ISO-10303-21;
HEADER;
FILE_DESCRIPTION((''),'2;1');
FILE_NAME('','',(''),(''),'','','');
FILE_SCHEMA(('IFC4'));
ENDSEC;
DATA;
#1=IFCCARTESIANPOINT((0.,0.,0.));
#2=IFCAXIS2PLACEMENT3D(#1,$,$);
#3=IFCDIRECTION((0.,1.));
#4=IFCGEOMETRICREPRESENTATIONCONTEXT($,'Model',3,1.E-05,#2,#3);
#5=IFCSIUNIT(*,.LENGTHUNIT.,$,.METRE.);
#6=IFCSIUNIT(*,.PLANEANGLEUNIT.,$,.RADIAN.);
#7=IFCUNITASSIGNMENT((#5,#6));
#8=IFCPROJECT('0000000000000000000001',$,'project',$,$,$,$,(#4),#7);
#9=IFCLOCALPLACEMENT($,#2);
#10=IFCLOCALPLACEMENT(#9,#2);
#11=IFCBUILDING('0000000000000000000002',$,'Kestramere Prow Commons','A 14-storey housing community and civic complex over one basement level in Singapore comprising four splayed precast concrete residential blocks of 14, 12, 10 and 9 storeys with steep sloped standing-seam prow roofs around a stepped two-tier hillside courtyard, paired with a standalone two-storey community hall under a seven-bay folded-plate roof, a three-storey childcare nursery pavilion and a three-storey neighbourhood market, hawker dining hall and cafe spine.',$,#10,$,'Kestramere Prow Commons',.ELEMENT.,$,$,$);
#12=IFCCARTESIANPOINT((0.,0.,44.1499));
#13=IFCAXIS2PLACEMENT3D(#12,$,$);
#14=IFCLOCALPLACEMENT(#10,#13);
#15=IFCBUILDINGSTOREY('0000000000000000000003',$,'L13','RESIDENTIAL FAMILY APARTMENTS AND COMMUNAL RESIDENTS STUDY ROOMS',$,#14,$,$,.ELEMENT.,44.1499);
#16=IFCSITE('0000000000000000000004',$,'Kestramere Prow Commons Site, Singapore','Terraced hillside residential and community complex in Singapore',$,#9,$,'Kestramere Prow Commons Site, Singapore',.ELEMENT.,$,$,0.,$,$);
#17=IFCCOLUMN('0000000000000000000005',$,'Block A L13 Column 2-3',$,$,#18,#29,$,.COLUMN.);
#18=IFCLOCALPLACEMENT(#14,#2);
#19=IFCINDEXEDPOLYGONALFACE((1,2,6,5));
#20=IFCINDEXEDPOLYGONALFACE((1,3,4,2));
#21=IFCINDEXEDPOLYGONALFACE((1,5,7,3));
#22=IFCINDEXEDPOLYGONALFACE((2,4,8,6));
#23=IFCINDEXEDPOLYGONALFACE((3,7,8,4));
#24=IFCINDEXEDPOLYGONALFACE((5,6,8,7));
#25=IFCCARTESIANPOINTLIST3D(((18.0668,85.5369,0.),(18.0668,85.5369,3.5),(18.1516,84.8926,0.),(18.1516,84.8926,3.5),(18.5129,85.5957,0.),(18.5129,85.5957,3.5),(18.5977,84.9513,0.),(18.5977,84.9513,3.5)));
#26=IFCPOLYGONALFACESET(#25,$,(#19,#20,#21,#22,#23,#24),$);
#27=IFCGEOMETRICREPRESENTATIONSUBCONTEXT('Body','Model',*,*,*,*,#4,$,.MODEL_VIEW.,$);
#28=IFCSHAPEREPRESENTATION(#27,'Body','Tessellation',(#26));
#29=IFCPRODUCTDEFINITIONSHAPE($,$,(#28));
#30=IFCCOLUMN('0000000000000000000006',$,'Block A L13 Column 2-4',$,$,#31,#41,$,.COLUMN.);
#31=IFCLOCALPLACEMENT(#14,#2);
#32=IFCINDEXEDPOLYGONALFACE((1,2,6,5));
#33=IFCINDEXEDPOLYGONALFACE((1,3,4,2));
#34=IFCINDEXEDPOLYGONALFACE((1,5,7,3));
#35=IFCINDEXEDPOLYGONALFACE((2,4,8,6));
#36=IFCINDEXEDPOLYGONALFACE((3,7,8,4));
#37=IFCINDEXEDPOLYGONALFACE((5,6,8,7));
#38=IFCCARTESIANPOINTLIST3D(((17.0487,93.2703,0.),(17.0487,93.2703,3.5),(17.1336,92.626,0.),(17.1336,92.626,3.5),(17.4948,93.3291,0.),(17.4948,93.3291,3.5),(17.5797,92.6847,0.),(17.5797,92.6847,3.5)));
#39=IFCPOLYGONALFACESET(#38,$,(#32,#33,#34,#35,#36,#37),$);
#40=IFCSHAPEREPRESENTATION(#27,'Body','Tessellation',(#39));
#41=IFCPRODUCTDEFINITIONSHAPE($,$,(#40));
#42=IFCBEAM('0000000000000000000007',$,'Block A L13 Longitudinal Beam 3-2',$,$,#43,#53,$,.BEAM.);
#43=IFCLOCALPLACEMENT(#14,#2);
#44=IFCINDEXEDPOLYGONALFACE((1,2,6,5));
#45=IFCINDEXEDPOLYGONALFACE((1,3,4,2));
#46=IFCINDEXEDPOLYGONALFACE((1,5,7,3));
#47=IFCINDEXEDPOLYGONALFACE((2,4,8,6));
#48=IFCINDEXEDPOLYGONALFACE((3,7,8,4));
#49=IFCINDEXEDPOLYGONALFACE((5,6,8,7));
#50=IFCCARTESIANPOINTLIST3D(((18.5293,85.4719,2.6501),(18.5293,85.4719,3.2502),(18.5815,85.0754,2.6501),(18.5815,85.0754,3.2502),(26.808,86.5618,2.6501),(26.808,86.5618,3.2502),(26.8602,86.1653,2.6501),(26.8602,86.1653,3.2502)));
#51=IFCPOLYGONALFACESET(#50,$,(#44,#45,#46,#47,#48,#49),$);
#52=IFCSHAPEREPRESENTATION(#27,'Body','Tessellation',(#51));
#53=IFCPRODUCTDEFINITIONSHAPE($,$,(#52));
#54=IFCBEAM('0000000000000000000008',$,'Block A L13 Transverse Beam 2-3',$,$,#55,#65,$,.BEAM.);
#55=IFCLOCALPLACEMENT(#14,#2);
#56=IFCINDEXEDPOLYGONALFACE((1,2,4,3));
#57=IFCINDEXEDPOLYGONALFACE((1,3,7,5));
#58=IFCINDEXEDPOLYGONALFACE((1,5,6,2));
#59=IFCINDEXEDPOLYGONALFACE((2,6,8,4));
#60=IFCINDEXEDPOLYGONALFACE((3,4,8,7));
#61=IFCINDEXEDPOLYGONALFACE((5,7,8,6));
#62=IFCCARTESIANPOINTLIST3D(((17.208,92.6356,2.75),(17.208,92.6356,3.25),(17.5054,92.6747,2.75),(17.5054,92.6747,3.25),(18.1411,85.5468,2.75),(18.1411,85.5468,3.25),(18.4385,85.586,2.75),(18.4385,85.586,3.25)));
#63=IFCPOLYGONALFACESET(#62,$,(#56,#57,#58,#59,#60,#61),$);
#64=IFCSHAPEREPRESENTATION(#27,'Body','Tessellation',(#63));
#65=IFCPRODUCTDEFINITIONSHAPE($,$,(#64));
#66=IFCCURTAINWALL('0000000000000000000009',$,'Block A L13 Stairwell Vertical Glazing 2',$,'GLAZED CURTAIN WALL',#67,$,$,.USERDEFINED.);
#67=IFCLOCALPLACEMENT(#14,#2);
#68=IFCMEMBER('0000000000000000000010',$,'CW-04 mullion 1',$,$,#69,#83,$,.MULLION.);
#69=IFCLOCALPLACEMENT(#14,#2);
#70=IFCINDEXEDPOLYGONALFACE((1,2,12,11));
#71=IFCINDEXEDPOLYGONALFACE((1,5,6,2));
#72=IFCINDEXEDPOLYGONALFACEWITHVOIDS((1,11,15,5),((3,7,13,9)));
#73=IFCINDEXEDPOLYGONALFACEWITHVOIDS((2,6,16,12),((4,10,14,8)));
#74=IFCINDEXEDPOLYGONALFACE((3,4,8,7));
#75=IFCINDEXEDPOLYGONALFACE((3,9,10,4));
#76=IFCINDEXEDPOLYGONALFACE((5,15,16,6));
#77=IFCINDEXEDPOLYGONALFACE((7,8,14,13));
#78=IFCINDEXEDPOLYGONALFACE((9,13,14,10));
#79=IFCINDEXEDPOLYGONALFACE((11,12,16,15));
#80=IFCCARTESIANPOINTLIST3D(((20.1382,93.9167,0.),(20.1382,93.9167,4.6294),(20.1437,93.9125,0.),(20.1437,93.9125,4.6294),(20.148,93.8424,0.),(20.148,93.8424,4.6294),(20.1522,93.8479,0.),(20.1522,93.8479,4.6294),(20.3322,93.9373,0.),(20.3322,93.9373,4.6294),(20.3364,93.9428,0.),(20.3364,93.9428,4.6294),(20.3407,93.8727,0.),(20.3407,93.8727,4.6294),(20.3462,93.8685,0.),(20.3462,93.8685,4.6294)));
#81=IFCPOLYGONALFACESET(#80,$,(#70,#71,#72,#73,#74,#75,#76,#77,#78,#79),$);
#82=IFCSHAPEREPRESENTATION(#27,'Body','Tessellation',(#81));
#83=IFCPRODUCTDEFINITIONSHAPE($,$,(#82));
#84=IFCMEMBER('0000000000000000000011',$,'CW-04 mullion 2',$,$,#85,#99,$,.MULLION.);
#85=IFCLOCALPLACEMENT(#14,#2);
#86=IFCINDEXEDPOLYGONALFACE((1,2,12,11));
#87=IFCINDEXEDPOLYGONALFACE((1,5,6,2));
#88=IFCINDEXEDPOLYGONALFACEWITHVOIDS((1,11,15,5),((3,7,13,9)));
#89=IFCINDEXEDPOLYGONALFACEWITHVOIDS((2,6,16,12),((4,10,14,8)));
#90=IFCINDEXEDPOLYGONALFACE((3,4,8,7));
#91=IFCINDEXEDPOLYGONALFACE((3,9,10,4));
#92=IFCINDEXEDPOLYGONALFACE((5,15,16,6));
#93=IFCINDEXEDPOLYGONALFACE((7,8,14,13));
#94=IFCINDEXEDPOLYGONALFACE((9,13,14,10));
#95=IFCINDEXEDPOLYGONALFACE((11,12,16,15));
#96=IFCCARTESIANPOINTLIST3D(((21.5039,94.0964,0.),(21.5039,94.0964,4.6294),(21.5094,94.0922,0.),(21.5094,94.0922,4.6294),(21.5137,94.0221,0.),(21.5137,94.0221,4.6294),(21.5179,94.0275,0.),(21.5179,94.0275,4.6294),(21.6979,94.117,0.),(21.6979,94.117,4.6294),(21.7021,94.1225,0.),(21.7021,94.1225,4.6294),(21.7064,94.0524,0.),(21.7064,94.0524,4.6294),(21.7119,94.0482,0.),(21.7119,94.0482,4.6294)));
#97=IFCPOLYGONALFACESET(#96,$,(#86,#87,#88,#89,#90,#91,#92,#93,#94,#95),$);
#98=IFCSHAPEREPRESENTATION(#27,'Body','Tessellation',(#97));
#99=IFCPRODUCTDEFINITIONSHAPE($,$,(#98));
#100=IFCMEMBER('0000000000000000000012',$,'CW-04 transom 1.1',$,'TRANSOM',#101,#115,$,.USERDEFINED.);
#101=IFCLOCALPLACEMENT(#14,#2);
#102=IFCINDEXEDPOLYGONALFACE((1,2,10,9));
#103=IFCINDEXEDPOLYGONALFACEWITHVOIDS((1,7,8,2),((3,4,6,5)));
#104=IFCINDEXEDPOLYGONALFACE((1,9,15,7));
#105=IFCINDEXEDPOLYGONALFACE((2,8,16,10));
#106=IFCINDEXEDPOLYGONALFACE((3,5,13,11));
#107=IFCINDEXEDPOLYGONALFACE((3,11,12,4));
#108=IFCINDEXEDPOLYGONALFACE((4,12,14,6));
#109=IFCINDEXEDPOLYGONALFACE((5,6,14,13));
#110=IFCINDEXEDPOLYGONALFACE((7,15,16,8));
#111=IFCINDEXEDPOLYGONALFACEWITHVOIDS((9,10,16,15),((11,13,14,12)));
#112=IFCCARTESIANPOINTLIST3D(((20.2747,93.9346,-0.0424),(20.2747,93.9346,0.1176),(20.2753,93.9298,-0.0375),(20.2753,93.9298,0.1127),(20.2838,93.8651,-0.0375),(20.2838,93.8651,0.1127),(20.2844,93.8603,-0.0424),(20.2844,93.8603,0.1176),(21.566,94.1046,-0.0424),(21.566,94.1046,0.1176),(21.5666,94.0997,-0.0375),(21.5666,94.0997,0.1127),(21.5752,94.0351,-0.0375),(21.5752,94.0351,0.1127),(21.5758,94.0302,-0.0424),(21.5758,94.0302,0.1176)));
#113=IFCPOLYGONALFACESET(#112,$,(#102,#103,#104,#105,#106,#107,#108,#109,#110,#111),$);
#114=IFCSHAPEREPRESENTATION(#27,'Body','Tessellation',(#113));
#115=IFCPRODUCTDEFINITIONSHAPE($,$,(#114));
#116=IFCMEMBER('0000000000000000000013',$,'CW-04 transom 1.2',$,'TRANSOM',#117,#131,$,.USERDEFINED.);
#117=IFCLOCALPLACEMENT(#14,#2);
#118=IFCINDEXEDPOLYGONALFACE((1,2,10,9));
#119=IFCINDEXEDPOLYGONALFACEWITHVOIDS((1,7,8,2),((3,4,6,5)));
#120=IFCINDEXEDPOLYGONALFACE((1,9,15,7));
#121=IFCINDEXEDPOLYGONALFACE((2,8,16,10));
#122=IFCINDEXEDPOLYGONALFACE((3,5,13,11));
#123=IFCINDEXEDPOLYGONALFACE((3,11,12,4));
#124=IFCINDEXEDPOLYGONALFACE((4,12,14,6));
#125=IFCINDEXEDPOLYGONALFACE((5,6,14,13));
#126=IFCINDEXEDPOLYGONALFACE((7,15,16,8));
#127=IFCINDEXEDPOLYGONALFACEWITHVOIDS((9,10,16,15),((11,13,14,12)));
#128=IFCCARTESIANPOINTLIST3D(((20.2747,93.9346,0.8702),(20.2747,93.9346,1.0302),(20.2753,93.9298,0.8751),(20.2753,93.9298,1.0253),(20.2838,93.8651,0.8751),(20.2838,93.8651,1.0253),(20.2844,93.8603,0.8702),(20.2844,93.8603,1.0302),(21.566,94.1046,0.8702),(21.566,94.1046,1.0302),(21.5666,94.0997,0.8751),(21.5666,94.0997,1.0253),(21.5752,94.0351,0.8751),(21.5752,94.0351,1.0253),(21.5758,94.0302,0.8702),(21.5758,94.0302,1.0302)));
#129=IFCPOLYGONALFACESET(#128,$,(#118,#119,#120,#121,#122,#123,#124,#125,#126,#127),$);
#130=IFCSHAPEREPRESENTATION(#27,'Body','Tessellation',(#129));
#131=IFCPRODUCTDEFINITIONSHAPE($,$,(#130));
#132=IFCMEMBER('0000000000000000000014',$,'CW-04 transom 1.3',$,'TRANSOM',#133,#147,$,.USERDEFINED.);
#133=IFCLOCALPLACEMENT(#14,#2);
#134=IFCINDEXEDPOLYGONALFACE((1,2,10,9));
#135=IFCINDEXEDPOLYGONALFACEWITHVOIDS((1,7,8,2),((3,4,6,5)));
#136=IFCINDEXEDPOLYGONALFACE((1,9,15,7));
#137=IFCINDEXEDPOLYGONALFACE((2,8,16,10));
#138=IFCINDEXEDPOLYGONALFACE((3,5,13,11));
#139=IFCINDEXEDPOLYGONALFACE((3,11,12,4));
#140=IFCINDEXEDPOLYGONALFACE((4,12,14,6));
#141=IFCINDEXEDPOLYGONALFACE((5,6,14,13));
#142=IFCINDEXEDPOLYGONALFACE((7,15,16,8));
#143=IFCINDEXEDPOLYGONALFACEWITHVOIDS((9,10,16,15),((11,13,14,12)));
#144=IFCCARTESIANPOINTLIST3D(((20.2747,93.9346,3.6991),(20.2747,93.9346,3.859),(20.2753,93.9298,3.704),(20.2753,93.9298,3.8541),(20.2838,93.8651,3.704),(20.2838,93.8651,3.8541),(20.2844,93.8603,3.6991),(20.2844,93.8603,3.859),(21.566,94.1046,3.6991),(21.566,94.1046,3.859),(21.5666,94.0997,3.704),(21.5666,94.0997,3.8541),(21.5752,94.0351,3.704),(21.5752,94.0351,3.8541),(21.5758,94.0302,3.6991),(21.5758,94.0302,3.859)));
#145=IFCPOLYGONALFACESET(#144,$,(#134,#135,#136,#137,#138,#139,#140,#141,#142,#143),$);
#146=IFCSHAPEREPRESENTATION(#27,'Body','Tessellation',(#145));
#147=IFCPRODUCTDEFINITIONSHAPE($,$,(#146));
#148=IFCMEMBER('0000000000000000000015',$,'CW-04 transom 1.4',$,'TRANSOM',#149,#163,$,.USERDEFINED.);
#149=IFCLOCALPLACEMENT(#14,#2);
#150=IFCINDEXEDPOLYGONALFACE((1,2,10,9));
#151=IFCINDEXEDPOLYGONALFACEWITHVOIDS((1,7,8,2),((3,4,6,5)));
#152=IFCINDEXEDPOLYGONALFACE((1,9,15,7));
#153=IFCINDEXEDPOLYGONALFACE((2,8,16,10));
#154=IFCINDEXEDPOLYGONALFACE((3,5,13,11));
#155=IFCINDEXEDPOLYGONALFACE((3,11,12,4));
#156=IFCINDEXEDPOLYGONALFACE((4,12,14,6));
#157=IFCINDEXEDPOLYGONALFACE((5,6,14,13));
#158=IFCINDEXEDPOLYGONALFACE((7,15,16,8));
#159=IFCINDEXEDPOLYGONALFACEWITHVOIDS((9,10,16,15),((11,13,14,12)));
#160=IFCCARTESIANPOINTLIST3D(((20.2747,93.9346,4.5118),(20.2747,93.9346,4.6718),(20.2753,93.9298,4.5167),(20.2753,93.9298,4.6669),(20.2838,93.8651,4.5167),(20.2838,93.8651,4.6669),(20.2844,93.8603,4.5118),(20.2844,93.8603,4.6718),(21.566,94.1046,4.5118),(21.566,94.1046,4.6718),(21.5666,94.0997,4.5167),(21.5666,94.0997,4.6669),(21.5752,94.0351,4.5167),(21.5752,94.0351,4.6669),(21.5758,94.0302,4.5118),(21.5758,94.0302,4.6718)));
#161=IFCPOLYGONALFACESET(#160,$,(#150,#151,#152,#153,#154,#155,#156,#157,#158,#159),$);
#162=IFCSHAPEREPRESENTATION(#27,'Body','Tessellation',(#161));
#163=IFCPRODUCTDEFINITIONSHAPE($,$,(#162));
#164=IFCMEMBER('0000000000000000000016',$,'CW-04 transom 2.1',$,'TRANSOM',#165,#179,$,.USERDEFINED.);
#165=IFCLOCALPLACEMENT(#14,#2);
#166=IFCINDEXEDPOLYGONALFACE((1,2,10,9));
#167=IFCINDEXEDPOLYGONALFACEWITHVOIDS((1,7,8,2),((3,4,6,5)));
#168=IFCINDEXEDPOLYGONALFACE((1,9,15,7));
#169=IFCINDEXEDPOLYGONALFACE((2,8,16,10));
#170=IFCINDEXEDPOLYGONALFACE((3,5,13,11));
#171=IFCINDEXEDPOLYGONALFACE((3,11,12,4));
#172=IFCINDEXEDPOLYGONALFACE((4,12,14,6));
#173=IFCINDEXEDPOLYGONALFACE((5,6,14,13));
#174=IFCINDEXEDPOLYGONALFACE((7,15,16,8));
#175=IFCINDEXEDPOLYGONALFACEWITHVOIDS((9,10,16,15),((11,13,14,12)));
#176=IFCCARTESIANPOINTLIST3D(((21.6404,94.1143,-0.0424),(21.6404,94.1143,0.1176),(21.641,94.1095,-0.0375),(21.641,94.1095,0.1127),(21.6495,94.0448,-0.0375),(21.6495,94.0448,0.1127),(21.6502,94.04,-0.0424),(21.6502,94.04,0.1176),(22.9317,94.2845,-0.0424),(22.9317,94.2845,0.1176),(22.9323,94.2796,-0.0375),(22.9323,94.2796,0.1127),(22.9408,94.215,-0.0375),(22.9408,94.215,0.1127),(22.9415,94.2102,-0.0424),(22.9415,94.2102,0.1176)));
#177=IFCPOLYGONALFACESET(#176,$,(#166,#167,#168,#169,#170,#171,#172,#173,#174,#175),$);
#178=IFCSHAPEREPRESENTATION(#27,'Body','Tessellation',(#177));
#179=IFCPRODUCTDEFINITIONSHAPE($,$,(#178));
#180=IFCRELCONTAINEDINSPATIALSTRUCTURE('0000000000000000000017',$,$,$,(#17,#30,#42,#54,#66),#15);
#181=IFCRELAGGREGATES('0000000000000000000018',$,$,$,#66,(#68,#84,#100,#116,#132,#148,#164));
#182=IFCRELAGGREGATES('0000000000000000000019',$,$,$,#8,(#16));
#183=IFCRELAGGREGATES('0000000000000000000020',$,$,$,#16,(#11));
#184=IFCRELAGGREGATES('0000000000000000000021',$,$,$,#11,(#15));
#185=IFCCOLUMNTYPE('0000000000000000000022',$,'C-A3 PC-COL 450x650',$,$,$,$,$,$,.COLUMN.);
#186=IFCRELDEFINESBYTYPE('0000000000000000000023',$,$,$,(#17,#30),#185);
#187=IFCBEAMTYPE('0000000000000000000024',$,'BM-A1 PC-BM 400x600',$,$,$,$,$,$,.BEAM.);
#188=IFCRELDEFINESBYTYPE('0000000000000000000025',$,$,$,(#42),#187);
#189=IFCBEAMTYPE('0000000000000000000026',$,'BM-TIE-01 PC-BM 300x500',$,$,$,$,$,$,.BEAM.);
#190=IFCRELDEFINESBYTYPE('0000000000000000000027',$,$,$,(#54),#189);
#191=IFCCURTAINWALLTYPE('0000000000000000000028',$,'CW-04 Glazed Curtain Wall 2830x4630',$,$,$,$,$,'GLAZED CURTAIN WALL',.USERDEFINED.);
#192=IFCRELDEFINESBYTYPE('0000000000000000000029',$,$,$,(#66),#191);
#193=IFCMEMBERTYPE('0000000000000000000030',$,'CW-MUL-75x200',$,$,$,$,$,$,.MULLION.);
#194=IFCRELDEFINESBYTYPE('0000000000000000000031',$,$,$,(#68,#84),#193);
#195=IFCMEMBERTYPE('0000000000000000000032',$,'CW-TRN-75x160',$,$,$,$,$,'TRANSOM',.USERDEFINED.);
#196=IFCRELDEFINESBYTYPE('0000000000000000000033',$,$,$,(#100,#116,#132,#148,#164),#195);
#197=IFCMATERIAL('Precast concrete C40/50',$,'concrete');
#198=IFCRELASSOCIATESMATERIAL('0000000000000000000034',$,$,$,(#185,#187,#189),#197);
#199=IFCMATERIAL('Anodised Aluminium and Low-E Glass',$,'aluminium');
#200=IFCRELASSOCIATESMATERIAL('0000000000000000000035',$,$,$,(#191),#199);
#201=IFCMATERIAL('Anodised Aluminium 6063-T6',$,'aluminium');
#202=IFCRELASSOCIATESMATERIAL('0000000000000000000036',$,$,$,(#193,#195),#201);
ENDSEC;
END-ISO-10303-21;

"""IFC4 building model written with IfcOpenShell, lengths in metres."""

from ifc_helpers import new_model, si_unit, direction, frame, origin, origin_2d, place, context, subcontext, project, spatial, rectangle, hollow_rectangle, extrude, material, material_profile, profile_set, type_object, element, aggregate, save


model = new_model("IFC4")

# Units and contexts
model_context = context("Model", 3, precision=1e-05, world=origin(), true_north=direction((0.0, 1.0)))
body_context = subcontext(model_context, "Body", "Model", "MODEL_VIEW")
ifc_project = project(units=[si_unit("LENGTHUNIT", "METRE"), si_unit("PLANEANGLEUNIT", "RADIAN")], contexts=[model_context])

# Site, building, storey
site_placement = place(None, origin())
site = spatial("IfcSite", under=ifc_project, at=site_placement, Name="Kestramere Prow Commons Site, Singapore", Description="Terraced hillside residential and community complex in Singapore", LongName="Kestramere Prow Commons Site, Singapore", CompositionType="ELEMENT", RefElevation=0.0)
building_placement = place(site_placement, origin())
building = spatial("IfcBuilding", under=site, at=building_placement, Name="Kestramere Prow Commons", Description="A 14-storey housing community and civic complex over one basement level in Singapore comprising four splayed precast concrete residential blocks of 14, 12, 10 and 9 storeys with steep sloped standing-seam prow roofs around a stepped two-tier hillside courtyard, paired with a standalone two-storey community hall under a seven-bay folded-plate roof, a three-storey childcare nursery pavilion and a three-storey neighbourhood market, hawker dining hall and cafe spine.", LongName="Kestramere Prow Commons", CompositionType="ELEMENT")
storey_placement = place(building_placement, frame((0.0, 0.0, 44.1499)))
storey = spatial("IfcBuildingStorey", under=building, at=storey_placement, Name="L13", Description="RESIDENTIAL FAMILY APARTMENTS AND COMMUNAL RESIDENTS STUDY ROOMS", CompositionType="ELEMENT", Elevation=44.1499)

# Columns
ifc_material_1 = material(Name="Precast concrete C40/50", Category="concrete")
ifc_material_profile_1 = material_profile(ifc_material_1, rectangle(XDim=0.45, YDim=0.6499, at=origin_2d()), Name="PC-COL 450x650")
ifc_profile_set_1 = profile_set([ifc_material_profile_1], Name="Precast concrete C40/50")
column_type = type_object("IfcColumnType", Name="C-A3 PC-COL 450x650", PredefinedType="COLUMN", material=ifc_profile_set_1)
for number, where, z_axis, x_axis, name in (
    (1, (18.3323, 85.2441, 0.0), (0.0, 0.0, 1.0), (0.991445, 0.130526, 0.0), "Block A L13 Column 2-3"),
    (2, (17.3142, 92.9775, 0.0), (0.0, 0.0, 1.0), (0.991445, 0.130526, 0.0), "Block A L13 Column 2-4"),
):
    element("IfcColumn", number, at=place(storey_placement, frame(where, z_axis=z_axis, x_axis=x_axis)), inside=storey, type_object=column_type, Name=name, PredefinedType="COLUMN", context=body_context, shape_type="SweptSolid", body=[
        extrude(rectangle(XDim=0.45, YDim=0.6499, at=origin_2d()), origin(), (0.0, 0.0, 1.0), 3.5),
    ])

# Beams
ifc_material_profile_2 = material_profile(ifc_material_1, rectangle(XDim=0.3999, YDim=0.6001, at=origin_2d()), Name="PC-BM 400x600")
ifc_profile_set_2 = profile_set([ifc_material_profile_2], Name="Precast concrete C40/50")
beam_type_1 = type_object("IfcBeamType", Name="BM-A1 PC-BM 400x600", PredefinedType="BEAM", material=ifc_profile_set_2)
beam_1_placement = place(storey_placement, frame((18.5554, 85.2737, 2.9502), z_axis=(0.991446, 0.13052, 0.0), x_axis=(-0.13052, 0.991446, 0.0)))
element("IfcBeam", 3, at=beam_1_placement, inside=storey, type_object=beam_type_1, Name="Block A L13 Longitudinal Beam 3-2", PredefinedType="BEAM", context=body_context, shape_type="SweptSolid", body=[
    extrude(rectangle(XDim=0.3999, YDim=0.6001, at=origin_2d()), origin(), (0.0, 0.0, 1.0), 8.3501),
])
ifc_material_profile_3 = material_profile(ifc_material_1, rectangle(XDim=0.3, YDim=0.5, at=origin_2d()), Name="PC-BM 300x500")
ifc_profile_set_3 = profile_set([ifc_material_profile_3], Name="Precast concrete C40/50")
beam_type_2 = type_object("IfcBeamType", Name="BM-TIE-01 PC-BM 300x500", PredefinedType="BEAM", material=ifc_profile_set_3)
beam_2_placement = place(storey_placement, frame((18.2898, 85.5664, 3.0), z_axis=(-0.130504, 0.991448, 0.0), x_axis=(-0.991448, -0.130504, 0.0)))
element("IfcBeam", 4, at=beam_2_placement, inside=storey, type_object=beam_type_2, Name="Block A L13 Transverse Beam 2-3", PredefinedType="BEAM", context=body_context, shape_type="SweptSolid", body=[
    extrude(rectangle(XDim=0.3, YDim=0.5, at=origin_2d()), origin(), (0.0, 0.0, 1.0), 7.1499),
])

# Curtain wall, members
ifc_material_2 = material(Name="Anodised Aluminium and Low-E Glass", Category="aluminium")
curtain_wall_type = type_object("IfcCurtainWallType", Name="CW-04 Glazed Curtain Wall 2830x4630", ElementType="GLAZED CURTAIN WALL", PredefinedType="USERDEFINED", material=ifc_material_2)
curtain_wall_placement = place(storey_placement, origin())
curtain_wall = element("IfcCurtainWall", 5, at=curtain_wall_placement, inside=storey, type_object=curtain_wall_type, Name="Block A L13 Stairwell Vertical Glazing 2", ObjectType="GLAZED CURTAIN WALL", PredefinedType="USERDEFINED")
ifc_material_3 = material(Name="Anodised Aluminium 6063-T6", Category="aluminium")
ifc_material_profile_4 = material_profile(ifc_material_3, hollow_rectangle(XDim=0.075, YDim=0.2, WallThickness=0.0049, at=origin_2d()), Name="ALU-MUL 75x200")
ifc_profile_set_4 = profile_set([ifc_material_profile_4], Name="Anodised Aluminium 6063-T6")
member_type_1 = type_object("IfcMemberType", Name="CW-MUL-75x200", PredefinedType="MULLION", material=ifc_profile_set_4)
member_1_placement = place(storey_placement, frame((20.2422, 93.8926, 0.0), z_axis=(0.0, 0.0, 1.0), x_axis=(-0.130526, 0.991445, 0.0)))
member_1 = element("IfcMember", 6, at=member_1_placement, type_object=member_type_1, Name="CW-04 mullion 1", PredefinedType="MULLION", context=body_context, shape_type="SweptSolid", body=[
    extrude(hollow_rectangle(XDim=0.075, YDim=0.2, WallThickness=0.0049, at=origin_2d()), origin(), (0.0, 0.0, 1.0), 4.6294),
])
member_2_placement = place(storey_placement, frame((21.6079, 94.0723, 0.0), z_axis=(0.0, 0.0, 1.0), x_axis=(-0.130526, 0.991445, 0.0)))
member_2 = element("IfcMember", 7, at=member_2_placement, type_object=member_type_1, Name="CW-04 mullion 2", PredefinedType="MULLION", context=body_context, shape_type="SweptSolid", body=[
    extrude(hollow_rectangle(XDim=0.075, YDim=0.2, WallThickness=0.0049, at=origin_2d()), origin(), (0.0, 0.0, 1.0), 4.6294),
])
ifc_material_profile_5 = material_profile(ifc_material_3, hollow_rectangle(XDim=0.075, YDim=0.1599, WallThickness=0.0049, at=origin_2d()), Name="ALU-TRN 75x160")
ifc_profile_set_5 = profile_set([ifc_material_profile_5], Name="Anodised Aluminium 6063-T6")
member_type_2 = type_object("IfcMemberType", Name="CW-TRN-75x160", ElementType="TRANSOM", PredefinedType="USERDEFINED", material=ifc_profile_set_5)
member_3_placement = place(storey_placement, frame((20.2795, 93.8975, 0.0376), z_axis=(0.991452, 0.130469, 0.0), x_axis=(-0.130469, 0.991452, 0.0)))
member_3 = element("IfcMember", 8, at=member_3_placement, type_object=member_type_2, Name="CW-04 transom 1.1", ObjectType="TRANSOM", PredefinedType="USERDEFINED", context=body_context, shape_type="SweptSolid", body=[
    extrude(hollow_rectangle(XDim=0.075, YDim=0.1599, WallThickness=0.0049, at=origin_2d()), origin(), (0.0, 0.0, 1.0), 1.3025),
])
member_4_placement = place(storey_placement, frame((20.2795, 93.8975, 0.9502), z_axis=(0.991452, 0.130469, 0.0), x_axis=(-0.130469, 0.991452, 0.0)))
member_4 = element("IfcMember", 9, at=member_4_placement, type_object=member_type_2, Name="CW-04 transom 1.2", ObjectType="TRANSOM", PredefinedType="USERDEFINED", context=body_context, shape_type="SweptSolid", body=[
    extrude(hollow_rectangle(XDim=0.075, YDim=0.1599, WallThickness=0.0049, at=origin_2d()), origin(), (0.0, 0.0, 1.0), 1.3025),
])
member_5_placement = place(storey_placement, frame((20.2795, 93.8975, 3.7791), z_axis=(0.991452, 0.130469, 0.0), x_axis=(-0.130469, 0.991452, 0.0)))
member_5 = element("IfcMember", 10, at=member_5_placement, type_object=member_type_2, Name="CW-04 transom 1.3", ObjectType="TRANSOM", PredefinedType="USERDEFINED", context=body_context, shape_type="SweptSolid", body=[
    extrude(hollow_rectangle(XDim=0.075, YDim=0.1599, WallThickness=0.0049, at=origin_2d()), origin(), (0.0, 0.0, 1.0), 1.3025),
])
member_6_placement = place(storey_placement, frame((20.2795, 93.8975, 4.5918), z_axis=(0.991452, 0.130469, 0.0), x_axis=(-0.130469, 0.991452, 0.0)))
member_6 = element("IfcMember", 11, at=member_6_placement, type_object=member_type_2, Name="CW-04 transom 1.4", ObjectType="TRANSOM", PredefinedType="USERDEFINED", context=body_context, shape_type="SweptSolid", body=[
    extrude(hollow_rectangle(XDim=0.075, YDim=0.1599, WallThickness=0.0049, at=origin_2d()), origin(), (0.0, 0.0, 1.0), 1.3025),
])
member_7_placement = place(storey_placement, frame((21.6453, 94.0771, 0.0376), z_axis=(0.991428, 0.130653, 0.0), x_axis=(-0.130653, 0.991428, 0.0)))
member_7 = element("IfcMember", 12, at=member_7_placement, type_object=member_type_2, Name="CW-04 transom 2.1", ObjectType="TRANSOM", PredefinedType="USERDEFINED", context=body_context, shape_type="SweptSolid", body=[
    extrude(hollow_rectangle(XDim=0.075, YDim=0.1599, WallThickness=0.0049, at=origin_2d()), origin(), (0.0, 0.0, 1.0), 1.3025),
])

aggregate(curtain_wall, [member_1, member_2, member_3, member_4, member_5, member_6, member_7])

save(model, "model.ifc")
